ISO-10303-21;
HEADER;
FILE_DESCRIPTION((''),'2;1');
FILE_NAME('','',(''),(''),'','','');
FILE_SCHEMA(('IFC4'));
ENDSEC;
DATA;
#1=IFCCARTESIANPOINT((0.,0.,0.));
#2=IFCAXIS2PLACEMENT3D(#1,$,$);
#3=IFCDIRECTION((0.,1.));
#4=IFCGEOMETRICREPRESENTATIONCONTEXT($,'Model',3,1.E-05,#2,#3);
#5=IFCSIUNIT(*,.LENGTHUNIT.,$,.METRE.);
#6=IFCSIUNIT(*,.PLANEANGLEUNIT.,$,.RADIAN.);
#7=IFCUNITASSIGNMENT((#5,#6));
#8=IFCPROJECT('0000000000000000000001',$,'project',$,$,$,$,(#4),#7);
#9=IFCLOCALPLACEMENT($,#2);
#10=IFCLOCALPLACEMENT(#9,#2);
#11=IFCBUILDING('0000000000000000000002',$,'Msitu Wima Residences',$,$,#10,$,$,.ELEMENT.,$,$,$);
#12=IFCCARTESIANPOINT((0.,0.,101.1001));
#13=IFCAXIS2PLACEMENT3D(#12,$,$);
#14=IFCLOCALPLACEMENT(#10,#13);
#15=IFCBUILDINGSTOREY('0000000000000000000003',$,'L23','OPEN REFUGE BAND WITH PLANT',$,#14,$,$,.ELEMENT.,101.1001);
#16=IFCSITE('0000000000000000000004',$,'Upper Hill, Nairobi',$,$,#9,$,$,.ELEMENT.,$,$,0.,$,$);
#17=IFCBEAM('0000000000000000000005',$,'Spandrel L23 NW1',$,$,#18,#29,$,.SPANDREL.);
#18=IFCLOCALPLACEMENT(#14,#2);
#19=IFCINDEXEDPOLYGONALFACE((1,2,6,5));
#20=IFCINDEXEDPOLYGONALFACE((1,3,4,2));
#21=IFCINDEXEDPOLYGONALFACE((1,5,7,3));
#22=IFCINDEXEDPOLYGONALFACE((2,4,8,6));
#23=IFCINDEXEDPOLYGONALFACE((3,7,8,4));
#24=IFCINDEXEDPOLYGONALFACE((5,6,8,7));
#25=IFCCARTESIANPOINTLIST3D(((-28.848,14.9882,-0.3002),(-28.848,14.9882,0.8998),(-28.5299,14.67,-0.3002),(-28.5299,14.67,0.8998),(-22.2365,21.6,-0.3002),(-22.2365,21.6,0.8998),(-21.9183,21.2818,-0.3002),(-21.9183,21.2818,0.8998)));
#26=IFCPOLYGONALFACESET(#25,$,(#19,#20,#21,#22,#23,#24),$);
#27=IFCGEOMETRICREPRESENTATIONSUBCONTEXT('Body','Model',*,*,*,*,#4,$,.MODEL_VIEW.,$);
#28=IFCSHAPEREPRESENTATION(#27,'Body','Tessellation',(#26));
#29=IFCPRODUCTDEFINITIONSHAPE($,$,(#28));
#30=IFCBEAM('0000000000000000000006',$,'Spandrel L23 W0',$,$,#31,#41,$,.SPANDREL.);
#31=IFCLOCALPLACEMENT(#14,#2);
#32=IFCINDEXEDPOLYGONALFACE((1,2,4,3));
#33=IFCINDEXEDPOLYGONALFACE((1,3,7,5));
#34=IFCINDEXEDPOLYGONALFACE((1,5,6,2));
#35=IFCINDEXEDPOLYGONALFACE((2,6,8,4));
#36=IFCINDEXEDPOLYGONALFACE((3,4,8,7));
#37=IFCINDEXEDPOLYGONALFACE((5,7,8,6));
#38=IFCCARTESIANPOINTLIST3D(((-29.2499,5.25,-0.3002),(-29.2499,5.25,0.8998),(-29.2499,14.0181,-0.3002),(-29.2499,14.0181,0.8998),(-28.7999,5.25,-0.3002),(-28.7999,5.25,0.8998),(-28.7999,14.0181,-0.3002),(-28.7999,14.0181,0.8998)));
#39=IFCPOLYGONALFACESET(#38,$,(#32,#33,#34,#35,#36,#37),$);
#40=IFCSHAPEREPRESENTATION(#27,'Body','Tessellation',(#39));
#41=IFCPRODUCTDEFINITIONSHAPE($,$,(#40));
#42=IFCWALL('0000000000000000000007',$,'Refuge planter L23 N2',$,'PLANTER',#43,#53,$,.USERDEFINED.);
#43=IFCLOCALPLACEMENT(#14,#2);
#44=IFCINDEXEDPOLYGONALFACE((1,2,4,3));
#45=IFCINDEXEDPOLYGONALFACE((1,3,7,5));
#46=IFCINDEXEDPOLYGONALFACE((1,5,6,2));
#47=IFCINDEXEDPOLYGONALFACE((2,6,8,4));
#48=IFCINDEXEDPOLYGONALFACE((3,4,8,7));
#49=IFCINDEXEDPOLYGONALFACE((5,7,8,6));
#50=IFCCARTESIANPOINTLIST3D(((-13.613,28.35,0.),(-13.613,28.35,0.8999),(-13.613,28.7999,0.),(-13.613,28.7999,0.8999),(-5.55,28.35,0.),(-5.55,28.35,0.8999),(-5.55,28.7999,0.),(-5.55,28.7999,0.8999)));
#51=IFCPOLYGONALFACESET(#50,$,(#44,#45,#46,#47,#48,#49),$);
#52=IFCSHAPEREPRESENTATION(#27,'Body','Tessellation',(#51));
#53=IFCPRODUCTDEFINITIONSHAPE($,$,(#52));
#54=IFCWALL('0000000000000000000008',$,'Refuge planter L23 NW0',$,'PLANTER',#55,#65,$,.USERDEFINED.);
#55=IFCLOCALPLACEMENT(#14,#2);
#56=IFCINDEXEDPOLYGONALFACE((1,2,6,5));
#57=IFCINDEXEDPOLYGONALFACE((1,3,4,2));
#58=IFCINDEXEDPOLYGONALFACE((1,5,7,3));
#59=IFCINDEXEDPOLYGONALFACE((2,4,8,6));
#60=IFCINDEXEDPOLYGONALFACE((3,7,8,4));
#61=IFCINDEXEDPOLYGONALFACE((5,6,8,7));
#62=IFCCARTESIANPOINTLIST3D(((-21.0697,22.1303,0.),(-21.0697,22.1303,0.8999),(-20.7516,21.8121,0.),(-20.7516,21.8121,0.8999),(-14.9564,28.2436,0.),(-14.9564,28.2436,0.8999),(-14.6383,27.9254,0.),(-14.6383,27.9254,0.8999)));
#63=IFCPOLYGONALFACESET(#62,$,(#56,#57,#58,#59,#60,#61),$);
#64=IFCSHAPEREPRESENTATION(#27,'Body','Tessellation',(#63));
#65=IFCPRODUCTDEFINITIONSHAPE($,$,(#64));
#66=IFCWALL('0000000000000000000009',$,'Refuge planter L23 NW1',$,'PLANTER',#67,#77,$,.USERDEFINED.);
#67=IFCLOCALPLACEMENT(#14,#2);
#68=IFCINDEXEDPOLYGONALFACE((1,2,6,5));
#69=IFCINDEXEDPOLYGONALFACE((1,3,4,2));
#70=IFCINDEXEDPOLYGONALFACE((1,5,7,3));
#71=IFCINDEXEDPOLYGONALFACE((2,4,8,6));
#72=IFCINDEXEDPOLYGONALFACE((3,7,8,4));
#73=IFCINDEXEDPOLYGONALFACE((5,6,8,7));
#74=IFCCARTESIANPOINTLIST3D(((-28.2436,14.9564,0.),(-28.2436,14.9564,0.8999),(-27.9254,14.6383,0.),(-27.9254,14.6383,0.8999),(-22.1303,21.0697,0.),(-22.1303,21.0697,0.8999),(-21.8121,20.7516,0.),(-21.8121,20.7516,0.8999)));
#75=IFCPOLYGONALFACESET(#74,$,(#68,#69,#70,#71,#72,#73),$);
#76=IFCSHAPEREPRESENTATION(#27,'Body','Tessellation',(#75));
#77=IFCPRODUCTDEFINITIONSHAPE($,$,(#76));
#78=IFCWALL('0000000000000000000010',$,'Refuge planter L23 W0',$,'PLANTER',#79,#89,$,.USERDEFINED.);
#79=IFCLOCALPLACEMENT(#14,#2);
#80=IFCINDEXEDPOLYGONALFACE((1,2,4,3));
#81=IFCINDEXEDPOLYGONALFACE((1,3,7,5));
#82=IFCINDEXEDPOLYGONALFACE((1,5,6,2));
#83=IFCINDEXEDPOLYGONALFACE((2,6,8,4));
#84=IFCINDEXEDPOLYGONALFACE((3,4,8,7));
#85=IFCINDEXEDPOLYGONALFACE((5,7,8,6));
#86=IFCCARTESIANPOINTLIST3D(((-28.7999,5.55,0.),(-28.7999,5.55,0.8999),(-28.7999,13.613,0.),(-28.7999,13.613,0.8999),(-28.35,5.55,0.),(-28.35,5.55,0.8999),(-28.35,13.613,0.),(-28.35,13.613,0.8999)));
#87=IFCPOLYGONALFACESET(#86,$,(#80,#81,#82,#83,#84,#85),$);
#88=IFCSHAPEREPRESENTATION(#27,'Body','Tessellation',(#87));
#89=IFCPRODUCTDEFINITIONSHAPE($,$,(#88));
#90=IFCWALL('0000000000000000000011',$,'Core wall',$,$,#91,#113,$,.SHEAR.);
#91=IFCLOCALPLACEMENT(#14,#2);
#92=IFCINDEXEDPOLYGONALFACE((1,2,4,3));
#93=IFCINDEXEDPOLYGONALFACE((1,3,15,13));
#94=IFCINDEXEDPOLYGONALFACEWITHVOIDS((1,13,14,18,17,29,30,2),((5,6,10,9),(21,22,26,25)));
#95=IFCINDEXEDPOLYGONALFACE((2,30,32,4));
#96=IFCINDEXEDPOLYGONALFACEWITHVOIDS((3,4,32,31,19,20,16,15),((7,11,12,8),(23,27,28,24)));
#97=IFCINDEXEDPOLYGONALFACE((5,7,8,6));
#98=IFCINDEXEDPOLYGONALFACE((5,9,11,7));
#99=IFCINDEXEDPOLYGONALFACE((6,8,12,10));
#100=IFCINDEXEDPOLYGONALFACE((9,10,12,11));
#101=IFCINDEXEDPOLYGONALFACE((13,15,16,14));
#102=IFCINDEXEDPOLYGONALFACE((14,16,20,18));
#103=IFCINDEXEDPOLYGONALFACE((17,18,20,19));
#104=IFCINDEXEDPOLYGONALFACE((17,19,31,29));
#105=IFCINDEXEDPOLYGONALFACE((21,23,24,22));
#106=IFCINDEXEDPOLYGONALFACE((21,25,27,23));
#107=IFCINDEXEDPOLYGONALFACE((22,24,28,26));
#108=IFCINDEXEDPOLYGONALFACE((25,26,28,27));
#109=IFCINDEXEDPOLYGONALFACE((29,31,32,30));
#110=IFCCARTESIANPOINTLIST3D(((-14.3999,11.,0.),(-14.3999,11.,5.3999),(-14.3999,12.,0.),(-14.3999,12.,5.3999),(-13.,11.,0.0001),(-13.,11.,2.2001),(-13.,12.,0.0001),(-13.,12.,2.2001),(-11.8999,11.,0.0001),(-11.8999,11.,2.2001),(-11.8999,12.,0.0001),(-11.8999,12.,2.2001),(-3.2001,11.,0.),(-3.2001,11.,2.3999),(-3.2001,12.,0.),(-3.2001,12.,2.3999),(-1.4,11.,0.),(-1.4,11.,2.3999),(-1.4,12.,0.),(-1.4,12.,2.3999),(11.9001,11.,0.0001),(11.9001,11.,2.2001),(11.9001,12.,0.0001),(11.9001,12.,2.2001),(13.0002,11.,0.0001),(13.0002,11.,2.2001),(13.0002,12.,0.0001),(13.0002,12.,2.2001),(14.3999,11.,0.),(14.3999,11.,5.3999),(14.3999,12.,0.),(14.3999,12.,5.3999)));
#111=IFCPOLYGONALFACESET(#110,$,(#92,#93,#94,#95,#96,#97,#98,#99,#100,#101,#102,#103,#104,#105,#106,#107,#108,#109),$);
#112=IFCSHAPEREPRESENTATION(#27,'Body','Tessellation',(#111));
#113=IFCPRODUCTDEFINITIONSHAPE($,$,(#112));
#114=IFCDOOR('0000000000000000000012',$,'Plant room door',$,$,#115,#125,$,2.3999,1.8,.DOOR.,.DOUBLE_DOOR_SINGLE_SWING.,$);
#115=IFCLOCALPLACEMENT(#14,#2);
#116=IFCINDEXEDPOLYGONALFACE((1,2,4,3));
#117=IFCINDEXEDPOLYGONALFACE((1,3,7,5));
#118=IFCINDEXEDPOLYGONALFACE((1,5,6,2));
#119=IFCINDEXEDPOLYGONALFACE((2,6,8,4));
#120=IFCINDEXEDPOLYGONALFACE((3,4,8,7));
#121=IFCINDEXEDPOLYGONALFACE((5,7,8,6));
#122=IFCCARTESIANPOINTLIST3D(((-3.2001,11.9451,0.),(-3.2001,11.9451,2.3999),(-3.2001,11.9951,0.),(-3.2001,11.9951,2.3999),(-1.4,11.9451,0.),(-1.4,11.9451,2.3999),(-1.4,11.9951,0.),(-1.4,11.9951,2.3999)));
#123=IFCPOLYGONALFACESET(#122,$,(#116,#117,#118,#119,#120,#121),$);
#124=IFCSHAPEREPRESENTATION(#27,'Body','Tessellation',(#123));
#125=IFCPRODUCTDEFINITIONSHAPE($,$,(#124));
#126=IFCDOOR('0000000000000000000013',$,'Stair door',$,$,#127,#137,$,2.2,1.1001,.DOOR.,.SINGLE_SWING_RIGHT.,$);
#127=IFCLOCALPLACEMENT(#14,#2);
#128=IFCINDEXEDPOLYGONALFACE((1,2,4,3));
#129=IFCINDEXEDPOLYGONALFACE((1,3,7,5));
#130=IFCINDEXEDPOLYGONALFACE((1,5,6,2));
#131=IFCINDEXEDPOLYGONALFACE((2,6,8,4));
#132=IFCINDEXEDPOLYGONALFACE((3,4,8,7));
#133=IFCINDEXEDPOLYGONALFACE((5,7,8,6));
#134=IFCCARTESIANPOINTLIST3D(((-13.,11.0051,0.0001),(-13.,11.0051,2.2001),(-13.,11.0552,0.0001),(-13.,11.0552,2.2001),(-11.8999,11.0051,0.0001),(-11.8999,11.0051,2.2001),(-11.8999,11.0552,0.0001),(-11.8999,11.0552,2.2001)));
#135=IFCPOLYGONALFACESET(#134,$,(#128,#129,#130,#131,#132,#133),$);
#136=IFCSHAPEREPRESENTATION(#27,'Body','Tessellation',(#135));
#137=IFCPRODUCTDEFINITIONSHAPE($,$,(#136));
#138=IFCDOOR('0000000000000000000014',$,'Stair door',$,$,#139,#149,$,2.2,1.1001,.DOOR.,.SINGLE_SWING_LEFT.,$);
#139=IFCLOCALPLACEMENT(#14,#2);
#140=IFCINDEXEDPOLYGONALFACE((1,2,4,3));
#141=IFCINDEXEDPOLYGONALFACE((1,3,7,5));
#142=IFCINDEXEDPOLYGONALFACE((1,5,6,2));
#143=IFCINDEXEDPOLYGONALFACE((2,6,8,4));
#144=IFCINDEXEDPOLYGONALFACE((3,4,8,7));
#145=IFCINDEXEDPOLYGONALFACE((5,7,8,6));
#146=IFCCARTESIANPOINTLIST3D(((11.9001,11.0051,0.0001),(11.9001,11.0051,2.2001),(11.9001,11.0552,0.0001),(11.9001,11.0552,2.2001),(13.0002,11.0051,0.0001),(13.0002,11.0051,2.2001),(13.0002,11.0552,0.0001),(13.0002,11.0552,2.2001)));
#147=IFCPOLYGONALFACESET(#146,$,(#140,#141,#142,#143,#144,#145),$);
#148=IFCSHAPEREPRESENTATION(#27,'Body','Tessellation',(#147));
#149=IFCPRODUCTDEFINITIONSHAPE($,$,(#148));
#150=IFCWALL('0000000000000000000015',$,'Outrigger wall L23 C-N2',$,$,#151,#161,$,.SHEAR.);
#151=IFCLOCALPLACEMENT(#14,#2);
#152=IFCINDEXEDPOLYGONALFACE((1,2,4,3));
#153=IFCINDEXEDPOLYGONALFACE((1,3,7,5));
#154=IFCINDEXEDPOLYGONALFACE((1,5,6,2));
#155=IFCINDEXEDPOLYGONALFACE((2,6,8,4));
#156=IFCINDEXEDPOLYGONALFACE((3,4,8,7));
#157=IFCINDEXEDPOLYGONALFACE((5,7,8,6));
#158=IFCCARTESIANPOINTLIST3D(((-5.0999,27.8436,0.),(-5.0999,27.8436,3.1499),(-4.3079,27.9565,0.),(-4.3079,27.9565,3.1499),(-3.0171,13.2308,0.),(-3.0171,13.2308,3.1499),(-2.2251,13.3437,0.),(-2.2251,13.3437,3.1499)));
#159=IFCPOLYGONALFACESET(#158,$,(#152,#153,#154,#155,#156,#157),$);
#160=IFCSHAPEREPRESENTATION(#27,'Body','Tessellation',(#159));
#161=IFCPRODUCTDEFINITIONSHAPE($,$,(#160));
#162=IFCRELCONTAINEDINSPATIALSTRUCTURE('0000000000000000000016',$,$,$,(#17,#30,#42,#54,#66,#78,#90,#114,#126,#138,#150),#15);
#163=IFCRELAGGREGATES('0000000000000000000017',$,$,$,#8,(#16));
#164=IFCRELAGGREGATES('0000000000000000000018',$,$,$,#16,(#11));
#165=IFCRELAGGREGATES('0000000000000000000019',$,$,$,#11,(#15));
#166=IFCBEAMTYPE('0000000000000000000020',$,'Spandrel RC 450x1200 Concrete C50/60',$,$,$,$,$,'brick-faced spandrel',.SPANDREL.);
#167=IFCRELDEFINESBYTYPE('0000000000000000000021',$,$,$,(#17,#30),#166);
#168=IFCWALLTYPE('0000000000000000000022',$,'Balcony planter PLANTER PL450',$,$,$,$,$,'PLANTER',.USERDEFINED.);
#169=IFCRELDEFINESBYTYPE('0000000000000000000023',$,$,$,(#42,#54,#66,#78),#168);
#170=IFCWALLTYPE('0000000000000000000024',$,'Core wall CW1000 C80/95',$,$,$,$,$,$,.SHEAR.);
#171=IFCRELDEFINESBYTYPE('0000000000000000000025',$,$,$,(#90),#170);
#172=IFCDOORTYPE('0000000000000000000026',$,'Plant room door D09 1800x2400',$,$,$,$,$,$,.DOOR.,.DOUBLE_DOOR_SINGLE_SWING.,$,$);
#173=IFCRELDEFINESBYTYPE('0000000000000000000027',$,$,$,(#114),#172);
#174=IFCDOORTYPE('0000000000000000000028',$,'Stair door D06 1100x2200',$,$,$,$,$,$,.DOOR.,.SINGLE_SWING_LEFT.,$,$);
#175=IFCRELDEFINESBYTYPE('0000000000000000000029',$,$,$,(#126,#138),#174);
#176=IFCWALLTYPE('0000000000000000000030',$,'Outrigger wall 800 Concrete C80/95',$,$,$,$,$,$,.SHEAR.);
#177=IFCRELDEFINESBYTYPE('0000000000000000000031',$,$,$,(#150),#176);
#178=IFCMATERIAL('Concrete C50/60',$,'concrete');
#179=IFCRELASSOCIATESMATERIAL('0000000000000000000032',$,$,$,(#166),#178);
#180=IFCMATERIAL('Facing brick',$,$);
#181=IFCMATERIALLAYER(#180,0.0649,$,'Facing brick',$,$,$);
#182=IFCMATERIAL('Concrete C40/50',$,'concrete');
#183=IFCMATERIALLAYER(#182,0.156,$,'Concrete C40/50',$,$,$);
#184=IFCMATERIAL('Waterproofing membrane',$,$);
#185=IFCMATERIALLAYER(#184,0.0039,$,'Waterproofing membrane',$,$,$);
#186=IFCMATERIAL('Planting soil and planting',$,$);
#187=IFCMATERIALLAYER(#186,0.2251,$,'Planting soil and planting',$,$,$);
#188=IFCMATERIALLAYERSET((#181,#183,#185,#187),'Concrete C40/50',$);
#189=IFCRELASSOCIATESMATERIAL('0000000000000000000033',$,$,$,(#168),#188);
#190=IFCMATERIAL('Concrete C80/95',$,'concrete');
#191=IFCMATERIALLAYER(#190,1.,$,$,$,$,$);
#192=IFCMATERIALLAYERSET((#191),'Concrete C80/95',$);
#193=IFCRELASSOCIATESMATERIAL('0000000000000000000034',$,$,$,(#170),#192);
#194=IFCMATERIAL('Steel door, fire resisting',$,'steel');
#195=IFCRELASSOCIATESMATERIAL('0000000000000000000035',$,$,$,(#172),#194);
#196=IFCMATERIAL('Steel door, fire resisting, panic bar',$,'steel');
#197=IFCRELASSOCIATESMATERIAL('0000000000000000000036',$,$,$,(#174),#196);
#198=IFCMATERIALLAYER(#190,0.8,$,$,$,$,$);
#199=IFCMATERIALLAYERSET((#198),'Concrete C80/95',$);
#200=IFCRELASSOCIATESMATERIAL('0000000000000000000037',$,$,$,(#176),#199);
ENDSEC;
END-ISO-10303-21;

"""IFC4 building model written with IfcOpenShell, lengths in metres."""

from ifc_helpers import new_model, si_unit, direction, frame, frame_2d, origin, origin_2d, place, context, subcontext, project, spatial, rectangle, extrude, material, layer, layer_set, material_profile, profile_set, type_object, element, fill, save


model = new_model("IFC4")

# Units and contexts
model_context = context("Model", 3, precision=1e-05, world=origin(), true_north=direction((0.0, 1.0)))
body_context = subcontext(model_context, "Body", "Model", "MODEL_VIEW")
ifc_project = project(units=[si_unit("LENGTHUNIT", "METRE"), si_unit("PLANEANGLEUNIT", "RADIAN")], contexts=[model_context])

# Site, building, storey
site_placement = place(None, origin())
site = spatial("IfcSite", under=ifc_project, at=site_placement, Name="Upper Hill, Nairobi", CompositionType="ELEMENT", RefElevation=0.0)
building_placement = place(site_placement, origin())
building = spatial("IfcBuilding", under=site, at=building_placement, Name="Msitu Wima Residences", CompositionType="ELEMENT")
storey_placement = place(building_placement, frame((0.0, 0.0, 101.1001)))
storey = spatial("IfcBuildingStorey", under=building, at=storey_placement, Name="L23", Description="OPEN REFUGE BAND WITH PLANT", CompositionType="ELEMENT", Elevation=101.1001)

# Shared definitions
ifc_material_1 = material(Name="Concrete C80/95", Category="concrete")

# Beams
ifc_material_2 = material(Name="Concrete C50/60", Category="concrete")
ifc_material_profile_1 = material_profile(ifc_material_2, rectangle(XDim=0.45, YDim=1.2, at=origin_2d()), Name="RC 450x1200")
ifc_profile_set_1 = profile_set([ifc_material_profile_1], Name="Concrete C50/60")
beam_type_1 = type_object("IfcBeamType", Name="Spandrel RC 450x1200 Concrete C50/60", ElementType="brick-faced spandrel", PredefinedType="SPANDREL", material=ifc_profile_set_1)
for number, where, z_axis, x_axis, name in (
    (1, (-22.0774, 21.4409, 0.2998), (-0.707094, -0.70712, 0.0), (0.70712, -0.707094, 0.0), "Spandrel L23 NW1"),
):
    element("IfcBeam", number, at=place(storey_placement, frame(where, z_axis=z_axis, x_axis=x_axis)), inside=storey, type_object=beam_type_1, Name=name, PredefinedType="SPANDREL", context=body_context, shape_type="SweptSolid", body=[
        extrude(rectangle(XDim=0.45, YDim=1.2, at=origin_2d()), origin(), (0.0, 0.0, 1.0), 9.3503),
    ])
beam_1_placement = place(storey_placement, frame((-29.0249, 14.0181, 0.2998), z_axis=(0.0, -1.0, 0.0), x_axis=(1.0, 0.0, 0.0)))
element("IfcBeam", 2, at=beam_1_placement, inside=storey, type_object=beam_type_1, Name="Spandrel L23 W0", PredefinedType="SPANDREL", context=body_context, shape_type="SweptSolid", body=[
    extrude(rectangle(XDim=0.45, YDim=1.2, at=origin_2d()), origin(), (0.0, 0.0, 1.0), 8.7681),
])

# Walls
ifc_material_3 = material(Name="Facing brick")
ifc_layer_1 = layer(ifc_material_3, 0.0649, Name="Facing brick")
ifc_material_4 = material(Name="Concrete C40/50", Category="concrete")
ifc_layer_2 = layer(ifc_material_4, 0.156, Name="Concrete C40/50")
ifc_material_5 = material(Name="Waterproofing membrane")
ifc_layer_3 = layer(ifc_material_5, 0.0039, Name="Waterproofing membrane")
ifc_material_6 = material(Name="Planting soil and planting")
ifc_layer_4 = layer(ifc_material_6, 0.2251, Name="Planting soil and planting")
ifc_layer_set_1 = layer_set([ifc_layer_1, ifc_layer_2, ifc_layer_3, ifc_layer_4], Name="Concrete C40/50")
wall_type_1 = type_object("IfcWallType", Name="Balcony planter PLANTER PL450", ElementType="PLANTER", PredefinedType="USERDEFINED", material=ifc_layer_set_1)
wall_1_placement = place(storey_placement, frame((-5.55, 28.575, 0.0), z_axis=(0.0, 0.0, 1.0), x_axis=(-1.0, 0.0, 0.0)))
element("IfcWall", 3, at=wall_1_placement, inside=storey, type_object=wall_type_1, Name="Refuge planter L23 N2", ObjectType="PLANTER", PredefinedType="USERDEFINED", context=body_context, shape_type="SweptSolid", body=[
    extrude(rectangle(XDim=8.063, YDim=0.45, at=frame_2d((4.0315, 0.0))), origin(), (0.0, 0.0, 1.0), 0.8999),
])
for number, where, z_axis, x_axis, name in (
    (4, (-14.7974, 28.0845, 0.0), (0.0, 0.0, 1.0), (-0.707107, -0.707107, 0.0), "Refuge planter L23 NW0"),
    (5, (-21.9712, 20.9106, 0.0), (0.0, 0.0, 1.0), (-0.707107, -0.707107, 0.0), "Refuge planter L23 NW1"),
):
    element("IfcWall", number, at=place(storey_placement, frame(where, z_axis=z_axis, x_axis=x_axis)), inside=storey, type_object=wall_type_1, Name=name, ObjectType="PLANTER", PredefinedType="USERDEFINED", context=body_context, shape_type="SweptSolid", body=[
        extrude(rectangle(XDim=8.6455, YDim=0.45, at=frame_2d((4.3228, 0.0))), origin(), (0.0, 0.0, 1.0), 0.8999),
    ])
wall_2_placement = place(storey_placement, frame((-28.575, 13.613, 0.0), z_axis=(0.0, 0.0, 1.0), x_axis=(0.0, -1.0, 0.0)))
element("IfcWall", 6, at=wall_2_placement, inside=storey, type_object=wall_type_1, Name="Refuge planter L23 W0", ObjectType="PLANTER", PredefinedType="USERDEFINED", context=body_context, shape_type="SweptSolid", body=[
    extrude(rectangle(XDim=8.063, YDim=0.45, at=frame_2d((4.0315, 0.0))), origin(), (0.0, 0.0, 1.0), 0.8999),
])

# Wall, openings, doors
ifc_layer_5 = layer(ifc_material_1, 1.0)
ifc_layer_set_2 = layer_set([ifc_layer_5], Name="Concrete C80/95")
wall_type_2 = type_object("IfcWallType", Name="Core wall CW1000 C80/95", PredefinedType="SHEAR", material=ifc_layer_set_2)
wall_3_placement = place(storey_placement, frame((-14.3999, 11.5, 0.0), z_axis=(0.0, 0.0, 1.0), x_axis=(1.0, 0.0, 0.0)))
wall_3 = element("IfcWall", 7, at=wall_3_placement, inside=storey, type_object=wall_type_2, Name="Core wall", PredefinedType="SHEAR", context=body_context, shape_type="SweptSolid", body=[
    extrude(rectangle(XDim=28.7998, YDim=1.0, at=frame_2d((14.3999, 0.0))), origin(), (0.0, 0.0, 1.0), 5.3999),
])
opening_1_placement = place(wall_3_placement, frame((1.3999, 0.0, 0.0)))
opening_1 = element("IfcOpeningElement", 8, at=opening_1_placement, cuts=wall_3, PredefinedType="OPENING", context=body_context, shape_type="SweptSolid", body=[
    extrude(rectangle(XDim=1.1001, YDim=2.2, at=frame_2d((0.55, 1.1001))), frame((0.0, 0.51, 0.0), z_axis=(0.0, -1.0, 0.0), x_axis=(1.0, 0.0, 0.0)), (0.0, 0.0, 1.0), 1.02),
])
opening_2_placement = place(wall_3_placement, frame((26.3, 0.0, 0.0)))
opening_2 = element("IfcOpeningElement", 9, at=opening_2_placement, cuts=wall_3, PredefinedType="OPENING", context=body_context, shape_type="SweptSolid", body=[
    extrude(rectangle(XDim=1.1001, YDim=2.2, at=frame_2d((0.55, 1.1001))), frame((0.0, 0.51, 0.0), z_axis=(0.0, -1.0, 0.0), x_axis=(1.0, 0.0, 0.0)), (0.0, 0.0, 1.0), 1.02),
])
opening_3_placement = place(wall_3_placement, frame((11.2, 0.0, 0.0)))
opening_3 = element("IfcOpeningElement", 10, at=opening_3_placement, cuts=wall_3, PredefinedType="OPENING", context=body_context, shape_type="SweptSolid", body=[
    extrude(rectangle(XDim=1.8, YDim=2.3999, at=frame_2d((0.8999, 1.2))), frame((0.0, 0.51, 0.0), z_axis=(0.0, -1.0, 0.0), x_axis=(1.0, 0.0, 0.0)), (0.0, 0.0, 1.0), 1.02),
])
ifc_material_7 = material(Name="Steel door, fire resisting", Category="steel")
door_type_1 = type_object("IfcDoorType", Name="Plant room door D09 1800x2400", OperationType="DOUBLE_DOOR_SINGLE_SWING", PredefinedType="DOOR", material=ifc_material_7)
door_1_placement = place(opening_3_placement, origin())
door_1 = element("IfcDoor", 11, at=door_1_placement, inside=storey, type_object=door_type_1, Name="Plant room door", OperationType="DOUBLE_DOOR_SINGLE_SWING", OverallHeight=2.3999, OverallWidth=1.8, PredefinedType="DOOR", context=body_context, shape_type="SweptSolid", body=[
    extrude(rectangle(XDim=1.8, YDim=2.3999, at=frame_2d((0.8999, 1.2))), frame((0.0, 0.4951, 0.0), z_axis=(0.0, -1.0, 0.0), x_axis=(1.0, 0.0, 0.0)), (0.0, 0.0, 1.0), 0.05),
])
fill(opening_3, door_1)
ifc_material_8 = material(Name="Steel door, fire resisting, panic bar", Category="steel")
door_type_2 = type_object("IfcDoorType", Name="Stair door D06 1100x2200", OperationType="SINGLE_SWING_LEFT", PredefinedType="DOOR", material=ifc_material_8)
door_2_placement = place(opening_1_placement, origin())
door_2 = element("IfcDoor", 12, at=door_2_placement, inside=storey, type_object=door_type_2, Name="Stair door", OperationType="SINGLE_SWING_RIGHT", OverallHeight=2.2, OverallWidth=1.1001, PredefinedType="DOOR", context=body_context, shape_type="SweptSolid", body=[
    extrude(rectangle(XDim=1.1001, YDim=2.2, at=frame_2d((0.55, 1.1001))), frame((0.0, -0.4448, 0.0), z_axis=(0.0, -1.0, 0.0), x_axis=(1.0, 0.0, 0.0)), (0.0, 0.0, 1.0), 0.05),
])
fill(opening_1, door_2)
door_3_placement = place(opening_2_placement, origin())
door_3 = element("IfcDoor", 13, at=door_3_placement, inside=storey, type_object=door_type_2, Name="Stair door", OperationType="SINGLE_SWING_LEFT", OverallHeight=2.2, OverallWidth=1.1001, PredefinedType="DOOR", context=body_context, shape_type="SweptSolid", body=[
    extrude(rectangle(XDim=1.1001, YDim=2.2, at=frame_2d((0.55, 1.1001))), frame((0.0, -0.4448, 0.0), z_axis=(0.0, -1.0, 0.0), x_axis=(1.0, 0.0, 0.0)), (0.0, 0.0, 1.0), 0.05),
])
fill(opening_2, door_3)

# Wall
ifc_layer_6 = layer(ifc_material_1, 0.8)
ifc_layer_set_3 = layer_set([ifc_layer_6], Name="Concrete C80/95")
wall_type_3 = type_object("IfcWallType", Name="Outrigger wall 800 Concrete C80/95", PredefinedType="SHEAR", material=ifc_layer_set_3)
wall_4_placement = place(storey_placement, frame((-2.6211, 13.2871, 0.0), z_axis=(0.0, 0.0, 1.0), x_axis=(-0.141104, 0.989995, 0.0)))
element("IfcWall", 14, at=wall_4_placement, inside=storey, type_object=wall_type_3, Name="Outrigger wall L23 C-N2", PredefinedType="SHEAR", context=body_context, shape_type="SweptSolid", body=[
    extrude(rectangle(XDim=14.7605, YDim=0.8, at=frame_2d((7.3804, 0.0))), origin(), (0.0, 0.0, 1.0), 3.1499),
])

save(model, "model.ifc")
